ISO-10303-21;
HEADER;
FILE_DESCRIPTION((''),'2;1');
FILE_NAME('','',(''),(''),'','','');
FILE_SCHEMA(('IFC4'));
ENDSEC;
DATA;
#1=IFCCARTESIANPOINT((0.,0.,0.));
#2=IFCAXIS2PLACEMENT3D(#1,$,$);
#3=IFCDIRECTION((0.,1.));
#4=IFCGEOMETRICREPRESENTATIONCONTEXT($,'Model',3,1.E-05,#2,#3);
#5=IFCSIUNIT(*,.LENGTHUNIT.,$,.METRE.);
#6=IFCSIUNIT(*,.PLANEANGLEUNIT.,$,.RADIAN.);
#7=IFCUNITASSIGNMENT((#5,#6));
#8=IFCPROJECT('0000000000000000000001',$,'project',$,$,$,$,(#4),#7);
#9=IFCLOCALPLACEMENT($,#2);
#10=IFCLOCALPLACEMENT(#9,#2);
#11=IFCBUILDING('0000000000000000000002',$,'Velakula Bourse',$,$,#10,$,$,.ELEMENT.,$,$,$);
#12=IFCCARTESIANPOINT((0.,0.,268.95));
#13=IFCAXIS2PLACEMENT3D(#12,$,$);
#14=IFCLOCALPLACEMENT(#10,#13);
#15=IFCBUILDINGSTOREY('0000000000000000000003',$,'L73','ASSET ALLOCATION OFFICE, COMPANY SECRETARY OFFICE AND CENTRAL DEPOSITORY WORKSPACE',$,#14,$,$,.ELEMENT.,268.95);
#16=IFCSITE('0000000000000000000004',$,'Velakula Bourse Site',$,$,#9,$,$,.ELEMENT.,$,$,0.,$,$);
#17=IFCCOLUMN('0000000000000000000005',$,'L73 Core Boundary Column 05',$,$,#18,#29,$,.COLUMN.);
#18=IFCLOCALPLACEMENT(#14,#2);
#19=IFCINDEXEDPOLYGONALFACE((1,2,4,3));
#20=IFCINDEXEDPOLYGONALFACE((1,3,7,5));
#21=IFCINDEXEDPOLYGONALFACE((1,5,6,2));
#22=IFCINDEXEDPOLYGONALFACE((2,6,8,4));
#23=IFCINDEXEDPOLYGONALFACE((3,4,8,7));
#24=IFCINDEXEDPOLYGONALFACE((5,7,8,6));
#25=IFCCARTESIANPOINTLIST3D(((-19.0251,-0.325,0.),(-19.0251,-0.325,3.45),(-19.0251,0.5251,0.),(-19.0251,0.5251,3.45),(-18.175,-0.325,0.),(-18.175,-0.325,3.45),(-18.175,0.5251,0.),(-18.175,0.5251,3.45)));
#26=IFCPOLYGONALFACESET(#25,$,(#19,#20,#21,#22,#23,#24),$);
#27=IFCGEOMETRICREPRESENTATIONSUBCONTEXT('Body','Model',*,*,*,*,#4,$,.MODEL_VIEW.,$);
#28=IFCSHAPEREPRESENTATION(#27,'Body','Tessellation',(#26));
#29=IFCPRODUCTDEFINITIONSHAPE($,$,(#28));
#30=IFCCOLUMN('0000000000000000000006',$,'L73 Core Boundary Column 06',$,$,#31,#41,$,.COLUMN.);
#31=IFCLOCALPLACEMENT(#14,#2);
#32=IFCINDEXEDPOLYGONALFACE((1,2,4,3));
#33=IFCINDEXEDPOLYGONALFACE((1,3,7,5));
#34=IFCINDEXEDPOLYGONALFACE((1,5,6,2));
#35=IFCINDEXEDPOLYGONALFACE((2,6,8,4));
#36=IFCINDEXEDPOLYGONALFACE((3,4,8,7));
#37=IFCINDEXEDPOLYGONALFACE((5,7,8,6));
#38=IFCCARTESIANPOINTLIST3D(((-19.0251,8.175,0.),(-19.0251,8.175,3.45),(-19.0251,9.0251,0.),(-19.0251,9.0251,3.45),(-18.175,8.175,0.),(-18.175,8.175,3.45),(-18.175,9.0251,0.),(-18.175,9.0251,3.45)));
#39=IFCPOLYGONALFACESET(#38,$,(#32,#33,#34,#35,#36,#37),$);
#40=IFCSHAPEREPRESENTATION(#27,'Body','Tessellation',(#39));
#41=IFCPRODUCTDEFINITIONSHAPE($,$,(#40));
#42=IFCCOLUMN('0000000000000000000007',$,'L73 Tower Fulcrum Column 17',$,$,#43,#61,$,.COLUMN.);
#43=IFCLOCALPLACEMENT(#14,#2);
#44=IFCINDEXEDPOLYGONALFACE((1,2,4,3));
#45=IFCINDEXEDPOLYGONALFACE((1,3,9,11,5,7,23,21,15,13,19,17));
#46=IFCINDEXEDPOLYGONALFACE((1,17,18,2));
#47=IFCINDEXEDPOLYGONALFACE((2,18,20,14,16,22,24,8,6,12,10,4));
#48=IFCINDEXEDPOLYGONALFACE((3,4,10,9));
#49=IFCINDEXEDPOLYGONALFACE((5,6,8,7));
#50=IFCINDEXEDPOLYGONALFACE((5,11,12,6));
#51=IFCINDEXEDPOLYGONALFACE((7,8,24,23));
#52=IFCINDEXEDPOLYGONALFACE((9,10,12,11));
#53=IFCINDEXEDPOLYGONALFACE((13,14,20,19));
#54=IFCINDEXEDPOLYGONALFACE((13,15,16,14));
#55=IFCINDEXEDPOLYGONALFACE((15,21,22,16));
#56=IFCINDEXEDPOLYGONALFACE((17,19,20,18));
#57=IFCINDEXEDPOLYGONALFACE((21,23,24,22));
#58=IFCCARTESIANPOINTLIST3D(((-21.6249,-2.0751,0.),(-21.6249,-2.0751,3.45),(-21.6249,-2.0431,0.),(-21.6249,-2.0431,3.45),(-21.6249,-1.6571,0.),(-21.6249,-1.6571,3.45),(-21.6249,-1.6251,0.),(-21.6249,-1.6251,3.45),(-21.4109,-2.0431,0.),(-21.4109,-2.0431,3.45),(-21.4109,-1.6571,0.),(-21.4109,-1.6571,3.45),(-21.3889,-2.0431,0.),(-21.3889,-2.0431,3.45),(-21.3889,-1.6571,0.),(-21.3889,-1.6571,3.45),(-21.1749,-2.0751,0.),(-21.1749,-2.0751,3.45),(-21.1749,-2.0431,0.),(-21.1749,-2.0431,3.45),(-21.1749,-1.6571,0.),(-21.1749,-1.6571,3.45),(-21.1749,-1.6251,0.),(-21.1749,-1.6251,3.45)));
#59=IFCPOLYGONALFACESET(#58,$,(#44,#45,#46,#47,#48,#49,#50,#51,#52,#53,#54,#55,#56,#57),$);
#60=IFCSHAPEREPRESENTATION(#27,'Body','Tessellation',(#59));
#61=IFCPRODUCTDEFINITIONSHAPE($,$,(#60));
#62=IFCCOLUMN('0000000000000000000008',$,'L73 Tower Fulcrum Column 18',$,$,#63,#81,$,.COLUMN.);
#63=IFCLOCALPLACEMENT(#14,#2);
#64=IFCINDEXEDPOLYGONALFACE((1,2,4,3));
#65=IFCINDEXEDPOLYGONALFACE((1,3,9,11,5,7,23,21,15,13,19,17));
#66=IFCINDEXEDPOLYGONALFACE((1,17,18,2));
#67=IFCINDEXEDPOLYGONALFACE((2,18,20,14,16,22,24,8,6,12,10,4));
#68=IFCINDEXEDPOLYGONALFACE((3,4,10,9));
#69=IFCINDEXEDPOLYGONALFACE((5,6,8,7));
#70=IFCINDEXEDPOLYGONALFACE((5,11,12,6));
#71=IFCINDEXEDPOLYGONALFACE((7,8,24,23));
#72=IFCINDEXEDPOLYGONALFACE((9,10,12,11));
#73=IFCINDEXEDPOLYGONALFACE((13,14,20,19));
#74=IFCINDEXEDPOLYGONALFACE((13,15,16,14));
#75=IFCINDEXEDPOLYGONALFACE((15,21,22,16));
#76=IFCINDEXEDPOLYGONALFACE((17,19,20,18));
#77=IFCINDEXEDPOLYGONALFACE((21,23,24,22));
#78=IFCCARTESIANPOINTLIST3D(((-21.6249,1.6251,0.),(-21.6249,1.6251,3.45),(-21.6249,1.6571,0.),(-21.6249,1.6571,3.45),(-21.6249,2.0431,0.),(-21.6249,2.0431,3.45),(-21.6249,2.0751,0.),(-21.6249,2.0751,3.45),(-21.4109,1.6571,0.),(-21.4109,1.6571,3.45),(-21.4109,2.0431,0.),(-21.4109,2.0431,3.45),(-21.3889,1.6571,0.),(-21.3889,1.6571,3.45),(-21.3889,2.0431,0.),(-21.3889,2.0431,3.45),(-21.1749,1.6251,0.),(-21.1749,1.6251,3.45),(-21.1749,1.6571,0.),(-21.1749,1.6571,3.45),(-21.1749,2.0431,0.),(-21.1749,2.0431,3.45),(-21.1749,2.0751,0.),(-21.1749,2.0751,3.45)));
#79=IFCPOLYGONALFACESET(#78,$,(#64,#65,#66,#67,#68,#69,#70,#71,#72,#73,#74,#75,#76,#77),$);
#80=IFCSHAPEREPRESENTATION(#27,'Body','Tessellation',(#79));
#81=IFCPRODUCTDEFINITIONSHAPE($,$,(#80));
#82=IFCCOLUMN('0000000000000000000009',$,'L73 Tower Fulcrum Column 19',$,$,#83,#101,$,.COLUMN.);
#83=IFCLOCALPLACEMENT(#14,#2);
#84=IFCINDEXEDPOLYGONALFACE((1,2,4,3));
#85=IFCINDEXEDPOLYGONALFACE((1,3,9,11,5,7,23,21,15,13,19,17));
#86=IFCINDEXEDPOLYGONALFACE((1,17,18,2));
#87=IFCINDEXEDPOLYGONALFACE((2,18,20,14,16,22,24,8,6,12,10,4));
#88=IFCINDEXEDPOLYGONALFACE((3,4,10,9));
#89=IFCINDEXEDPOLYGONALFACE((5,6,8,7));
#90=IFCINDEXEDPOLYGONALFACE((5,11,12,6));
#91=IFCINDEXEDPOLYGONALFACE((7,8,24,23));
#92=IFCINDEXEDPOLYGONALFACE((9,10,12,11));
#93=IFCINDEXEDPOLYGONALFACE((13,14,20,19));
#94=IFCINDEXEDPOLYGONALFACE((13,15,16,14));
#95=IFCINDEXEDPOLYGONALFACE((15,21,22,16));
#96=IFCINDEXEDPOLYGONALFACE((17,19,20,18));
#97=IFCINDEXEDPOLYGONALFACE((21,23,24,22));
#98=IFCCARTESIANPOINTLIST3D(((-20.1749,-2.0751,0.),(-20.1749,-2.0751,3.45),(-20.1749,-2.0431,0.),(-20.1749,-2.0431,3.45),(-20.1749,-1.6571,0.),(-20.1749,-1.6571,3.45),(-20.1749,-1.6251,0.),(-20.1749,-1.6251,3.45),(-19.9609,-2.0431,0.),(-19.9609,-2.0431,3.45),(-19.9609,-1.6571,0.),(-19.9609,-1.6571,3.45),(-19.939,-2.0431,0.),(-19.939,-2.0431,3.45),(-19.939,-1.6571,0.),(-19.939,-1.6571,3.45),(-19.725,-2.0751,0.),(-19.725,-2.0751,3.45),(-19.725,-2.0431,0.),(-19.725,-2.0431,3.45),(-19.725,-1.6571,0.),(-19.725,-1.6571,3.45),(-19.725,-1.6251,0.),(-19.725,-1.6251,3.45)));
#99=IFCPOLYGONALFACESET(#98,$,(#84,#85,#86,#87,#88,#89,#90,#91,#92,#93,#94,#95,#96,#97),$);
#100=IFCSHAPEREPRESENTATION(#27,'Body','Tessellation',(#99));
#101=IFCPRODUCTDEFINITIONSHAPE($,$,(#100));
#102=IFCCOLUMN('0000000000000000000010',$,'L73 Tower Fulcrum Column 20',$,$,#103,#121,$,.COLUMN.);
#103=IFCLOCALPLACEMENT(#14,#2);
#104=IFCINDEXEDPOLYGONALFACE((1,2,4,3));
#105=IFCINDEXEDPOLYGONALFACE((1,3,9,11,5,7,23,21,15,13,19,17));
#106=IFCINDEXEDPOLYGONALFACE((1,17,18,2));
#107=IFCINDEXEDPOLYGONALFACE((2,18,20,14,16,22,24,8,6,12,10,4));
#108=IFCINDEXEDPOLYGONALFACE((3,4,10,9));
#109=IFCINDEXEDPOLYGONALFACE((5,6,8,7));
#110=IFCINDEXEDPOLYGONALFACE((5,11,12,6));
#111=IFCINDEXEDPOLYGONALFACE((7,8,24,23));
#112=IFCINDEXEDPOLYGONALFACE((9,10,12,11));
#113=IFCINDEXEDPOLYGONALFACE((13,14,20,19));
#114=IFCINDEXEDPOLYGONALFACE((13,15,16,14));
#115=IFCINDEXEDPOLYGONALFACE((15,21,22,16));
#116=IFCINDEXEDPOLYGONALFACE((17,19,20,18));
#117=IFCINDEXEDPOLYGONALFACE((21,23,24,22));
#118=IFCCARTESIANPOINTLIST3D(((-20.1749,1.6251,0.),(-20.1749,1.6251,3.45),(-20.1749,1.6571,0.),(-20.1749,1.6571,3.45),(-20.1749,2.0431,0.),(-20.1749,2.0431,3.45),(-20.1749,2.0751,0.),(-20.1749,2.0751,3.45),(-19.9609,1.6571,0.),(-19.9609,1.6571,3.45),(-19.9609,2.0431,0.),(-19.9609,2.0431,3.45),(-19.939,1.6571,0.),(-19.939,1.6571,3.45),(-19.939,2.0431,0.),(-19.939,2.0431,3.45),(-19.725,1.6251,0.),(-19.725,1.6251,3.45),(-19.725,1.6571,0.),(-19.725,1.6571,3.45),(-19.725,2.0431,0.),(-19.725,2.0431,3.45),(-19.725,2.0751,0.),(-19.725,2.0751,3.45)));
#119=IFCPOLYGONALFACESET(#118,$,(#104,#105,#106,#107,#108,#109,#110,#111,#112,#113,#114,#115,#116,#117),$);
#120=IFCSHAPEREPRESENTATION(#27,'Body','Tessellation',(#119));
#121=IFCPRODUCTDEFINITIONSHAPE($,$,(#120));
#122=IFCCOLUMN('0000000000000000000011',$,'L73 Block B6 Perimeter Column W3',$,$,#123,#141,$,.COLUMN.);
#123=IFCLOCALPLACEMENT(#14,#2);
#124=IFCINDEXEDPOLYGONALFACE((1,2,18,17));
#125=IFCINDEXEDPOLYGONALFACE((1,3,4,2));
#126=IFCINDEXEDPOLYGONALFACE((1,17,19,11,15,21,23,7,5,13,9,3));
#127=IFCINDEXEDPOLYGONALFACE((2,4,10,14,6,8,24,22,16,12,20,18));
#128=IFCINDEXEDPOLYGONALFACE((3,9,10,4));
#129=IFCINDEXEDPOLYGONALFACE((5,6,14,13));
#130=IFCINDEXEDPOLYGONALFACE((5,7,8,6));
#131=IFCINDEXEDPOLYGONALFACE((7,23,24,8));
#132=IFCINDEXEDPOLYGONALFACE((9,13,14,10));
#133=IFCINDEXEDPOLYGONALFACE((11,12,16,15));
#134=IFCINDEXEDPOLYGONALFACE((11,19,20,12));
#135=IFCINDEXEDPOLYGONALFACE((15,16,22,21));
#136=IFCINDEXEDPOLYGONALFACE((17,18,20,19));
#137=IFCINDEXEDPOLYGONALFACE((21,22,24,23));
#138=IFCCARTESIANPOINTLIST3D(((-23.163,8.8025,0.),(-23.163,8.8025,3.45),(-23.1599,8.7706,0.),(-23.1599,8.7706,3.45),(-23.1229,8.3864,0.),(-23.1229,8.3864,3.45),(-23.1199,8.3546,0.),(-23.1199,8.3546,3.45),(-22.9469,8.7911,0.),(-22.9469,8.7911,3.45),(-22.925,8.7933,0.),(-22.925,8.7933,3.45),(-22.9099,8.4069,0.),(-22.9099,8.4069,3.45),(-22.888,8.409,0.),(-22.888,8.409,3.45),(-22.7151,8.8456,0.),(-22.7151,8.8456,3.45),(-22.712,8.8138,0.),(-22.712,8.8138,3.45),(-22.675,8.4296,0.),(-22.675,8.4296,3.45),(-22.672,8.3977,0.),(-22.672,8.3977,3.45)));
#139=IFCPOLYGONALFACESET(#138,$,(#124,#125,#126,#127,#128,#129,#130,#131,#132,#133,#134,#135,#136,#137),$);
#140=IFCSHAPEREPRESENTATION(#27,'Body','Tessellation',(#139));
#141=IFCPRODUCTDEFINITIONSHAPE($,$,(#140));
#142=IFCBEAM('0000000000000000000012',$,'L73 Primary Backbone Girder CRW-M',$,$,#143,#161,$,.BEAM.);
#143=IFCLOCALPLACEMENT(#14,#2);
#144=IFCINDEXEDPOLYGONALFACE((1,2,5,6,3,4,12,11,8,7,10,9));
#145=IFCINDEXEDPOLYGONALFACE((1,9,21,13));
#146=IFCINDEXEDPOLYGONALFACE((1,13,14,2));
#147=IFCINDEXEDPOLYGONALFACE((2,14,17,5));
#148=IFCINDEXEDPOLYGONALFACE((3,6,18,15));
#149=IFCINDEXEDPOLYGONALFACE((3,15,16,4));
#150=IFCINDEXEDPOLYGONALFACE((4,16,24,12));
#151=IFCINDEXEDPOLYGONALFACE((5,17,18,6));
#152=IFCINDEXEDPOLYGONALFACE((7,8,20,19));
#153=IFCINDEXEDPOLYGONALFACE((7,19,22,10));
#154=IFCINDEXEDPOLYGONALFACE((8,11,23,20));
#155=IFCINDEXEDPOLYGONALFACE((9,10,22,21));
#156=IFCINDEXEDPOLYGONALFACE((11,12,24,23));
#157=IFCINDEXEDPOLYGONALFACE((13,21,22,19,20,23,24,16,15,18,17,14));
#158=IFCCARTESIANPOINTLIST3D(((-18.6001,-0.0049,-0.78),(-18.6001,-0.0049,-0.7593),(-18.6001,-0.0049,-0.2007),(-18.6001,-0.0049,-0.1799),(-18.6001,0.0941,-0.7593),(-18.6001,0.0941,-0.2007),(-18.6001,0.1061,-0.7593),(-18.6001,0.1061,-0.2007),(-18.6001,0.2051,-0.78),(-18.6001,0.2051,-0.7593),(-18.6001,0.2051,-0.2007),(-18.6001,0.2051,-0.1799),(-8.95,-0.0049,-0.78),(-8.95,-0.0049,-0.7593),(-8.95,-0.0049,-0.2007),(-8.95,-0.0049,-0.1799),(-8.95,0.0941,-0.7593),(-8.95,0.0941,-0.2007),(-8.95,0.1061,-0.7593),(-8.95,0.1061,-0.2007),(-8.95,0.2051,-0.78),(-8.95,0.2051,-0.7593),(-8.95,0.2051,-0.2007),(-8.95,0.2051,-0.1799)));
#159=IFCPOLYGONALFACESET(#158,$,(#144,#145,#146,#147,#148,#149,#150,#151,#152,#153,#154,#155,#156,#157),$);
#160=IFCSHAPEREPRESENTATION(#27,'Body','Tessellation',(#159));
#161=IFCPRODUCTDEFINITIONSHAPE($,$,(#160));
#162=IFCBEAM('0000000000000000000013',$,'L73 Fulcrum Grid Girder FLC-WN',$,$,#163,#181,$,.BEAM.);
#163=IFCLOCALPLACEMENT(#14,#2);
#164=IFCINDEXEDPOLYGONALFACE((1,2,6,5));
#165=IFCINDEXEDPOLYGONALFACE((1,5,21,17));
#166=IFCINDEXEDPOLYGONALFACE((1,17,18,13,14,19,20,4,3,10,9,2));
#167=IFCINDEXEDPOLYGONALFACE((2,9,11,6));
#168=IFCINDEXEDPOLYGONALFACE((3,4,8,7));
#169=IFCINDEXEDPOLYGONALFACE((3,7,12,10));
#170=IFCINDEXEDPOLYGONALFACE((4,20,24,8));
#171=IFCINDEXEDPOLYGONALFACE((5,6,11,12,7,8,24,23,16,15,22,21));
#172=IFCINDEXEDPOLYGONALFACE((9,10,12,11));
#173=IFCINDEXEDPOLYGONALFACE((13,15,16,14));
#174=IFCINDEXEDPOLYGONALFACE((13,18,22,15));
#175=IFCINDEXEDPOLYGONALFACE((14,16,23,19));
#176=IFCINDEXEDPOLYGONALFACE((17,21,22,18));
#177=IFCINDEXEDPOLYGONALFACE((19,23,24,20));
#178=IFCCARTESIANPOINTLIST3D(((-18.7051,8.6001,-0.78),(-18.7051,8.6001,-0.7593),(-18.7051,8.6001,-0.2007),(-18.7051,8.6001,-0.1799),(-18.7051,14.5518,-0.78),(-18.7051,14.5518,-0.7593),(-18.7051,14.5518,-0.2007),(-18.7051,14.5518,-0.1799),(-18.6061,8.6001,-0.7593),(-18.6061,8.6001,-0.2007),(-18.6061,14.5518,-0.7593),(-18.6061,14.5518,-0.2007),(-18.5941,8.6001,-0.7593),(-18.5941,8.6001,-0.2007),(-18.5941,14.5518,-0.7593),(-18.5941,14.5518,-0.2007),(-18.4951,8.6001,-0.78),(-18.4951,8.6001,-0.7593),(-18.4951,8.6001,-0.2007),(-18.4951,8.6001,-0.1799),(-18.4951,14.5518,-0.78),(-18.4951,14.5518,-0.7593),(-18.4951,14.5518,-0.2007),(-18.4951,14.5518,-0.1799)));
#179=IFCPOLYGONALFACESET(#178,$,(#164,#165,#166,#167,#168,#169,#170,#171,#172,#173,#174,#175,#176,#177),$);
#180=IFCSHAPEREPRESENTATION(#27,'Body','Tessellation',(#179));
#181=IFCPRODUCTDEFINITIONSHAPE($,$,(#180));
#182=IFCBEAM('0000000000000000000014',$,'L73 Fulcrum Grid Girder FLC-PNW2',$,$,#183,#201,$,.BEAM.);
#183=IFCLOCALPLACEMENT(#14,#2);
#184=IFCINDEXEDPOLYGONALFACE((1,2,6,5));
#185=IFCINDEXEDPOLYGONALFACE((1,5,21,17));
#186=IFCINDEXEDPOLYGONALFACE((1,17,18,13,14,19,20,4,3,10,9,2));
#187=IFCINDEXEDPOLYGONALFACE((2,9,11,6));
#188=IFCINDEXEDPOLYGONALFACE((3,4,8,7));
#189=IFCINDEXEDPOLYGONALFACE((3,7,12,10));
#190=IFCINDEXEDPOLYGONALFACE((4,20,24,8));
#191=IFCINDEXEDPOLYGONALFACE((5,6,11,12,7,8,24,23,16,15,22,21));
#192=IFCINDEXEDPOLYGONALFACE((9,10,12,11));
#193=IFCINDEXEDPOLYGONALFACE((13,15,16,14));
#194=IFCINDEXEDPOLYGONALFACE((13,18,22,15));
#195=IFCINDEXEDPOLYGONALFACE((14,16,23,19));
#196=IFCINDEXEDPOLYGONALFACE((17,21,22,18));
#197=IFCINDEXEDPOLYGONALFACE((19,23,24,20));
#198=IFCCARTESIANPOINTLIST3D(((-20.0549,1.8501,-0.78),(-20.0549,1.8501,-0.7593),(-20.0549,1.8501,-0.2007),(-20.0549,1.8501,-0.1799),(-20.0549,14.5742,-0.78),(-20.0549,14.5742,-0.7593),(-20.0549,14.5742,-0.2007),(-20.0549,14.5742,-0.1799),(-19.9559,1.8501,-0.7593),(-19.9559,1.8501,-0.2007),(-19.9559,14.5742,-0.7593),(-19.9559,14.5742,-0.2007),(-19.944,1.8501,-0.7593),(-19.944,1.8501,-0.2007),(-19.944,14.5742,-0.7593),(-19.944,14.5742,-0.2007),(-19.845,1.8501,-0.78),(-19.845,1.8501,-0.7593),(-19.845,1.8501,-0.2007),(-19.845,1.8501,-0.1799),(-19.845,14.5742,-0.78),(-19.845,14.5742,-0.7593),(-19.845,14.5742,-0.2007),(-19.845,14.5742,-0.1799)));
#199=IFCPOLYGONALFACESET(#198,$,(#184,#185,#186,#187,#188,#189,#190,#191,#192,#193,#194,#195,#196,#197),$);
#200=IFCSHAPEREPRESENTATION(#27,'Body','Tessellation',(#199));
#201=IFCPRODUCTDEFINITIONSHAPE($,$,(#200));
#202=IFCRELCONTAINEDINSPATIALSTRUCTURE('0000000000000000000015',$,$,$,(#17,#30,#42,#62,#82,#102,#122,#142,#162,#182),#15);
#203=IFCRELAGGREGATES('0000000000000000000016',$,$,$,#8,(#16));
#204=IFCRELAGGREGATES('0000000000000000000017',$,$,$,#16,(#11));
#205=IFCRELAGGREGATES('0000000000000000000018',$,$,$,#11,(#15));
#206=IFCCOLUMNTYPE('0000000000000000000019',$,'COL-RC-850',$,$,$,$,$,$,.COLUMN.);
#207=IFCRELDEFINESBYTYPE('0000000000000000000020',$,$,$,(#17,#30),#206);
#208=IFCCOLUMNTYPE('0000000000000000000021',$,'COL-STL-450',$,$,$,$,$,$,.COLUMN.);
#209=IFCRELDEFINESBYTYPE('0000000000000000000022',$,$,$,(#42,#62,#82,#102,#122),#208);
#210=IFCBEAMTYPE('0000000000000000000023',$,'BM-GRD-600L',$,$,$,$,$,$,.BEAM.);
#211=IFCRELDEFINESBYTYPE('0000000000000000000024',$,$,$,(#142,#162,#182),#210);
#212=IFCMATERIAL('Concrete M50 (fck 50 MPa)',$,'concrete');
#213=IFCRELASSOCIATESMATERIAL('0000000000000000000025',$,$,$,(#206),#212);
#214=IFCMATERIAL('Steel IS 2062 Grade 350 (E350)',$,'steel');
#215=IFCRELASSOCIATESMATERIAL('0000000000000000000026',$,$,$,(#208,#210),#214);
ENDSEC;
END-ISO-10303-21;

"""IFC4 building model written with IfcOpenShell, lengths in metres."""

from ifc_helpers import new_model, si_unit, direction, frame, origin, origin_2d, place, context, subcontext, project, spatial, rectangle, i_section, extrude, material, material_profile, profile_set, type_object, element, save


model = new_model("IFC4")

# Units and contexts
model_context = context("Model", 3, precision=1e-05, world=origin(), true_north=direction((0.0, 1.0)))
body_context = subcontext(model_context, "Body", "Model", "MODEL_VIEW")
ifc_project = project(units=[si_unit("LENGTHUNIT", "METRE"), si_unit("PLANEANGLEUNIT", "RADIAN")], contexts=[model_context])

# Site, building, storey
site_placement = place(None, origin())
site = spatial("IfcSite", under=ifc_project, at=site_placement, Name="Velakula Bourse Site", CompositionType="ELEMENT", RefElevation=0.0)
building_placement = place(site_placement, origin())
building = spatial("IfcBuilding", under=site, at=building_placement, Name="Velakula Bourse", CompositionType="ELEMENT")
storey_placement = place(building_placement, frame((0.0, 0.0, 268.95)))
storey = spatial("IfcBuildingStorey", under=building, at=storey_placement, Name="L73", Description="ASSET ALLOCATION OFFICE, COMPANY SECRETARY OFFICE AND CENTRAL DEPOSITORY WORKSPACE", CompositionType="ELEMENT", Elevation=268.95)

# Columns
ifc_material_1 = material(Name="Concrete M50 (fck 50 MPa)", Category="concrete")
ifc_material_profile_1 = material_profile(ifc_material_1, rectangle(XDim=0.8501, YDim=0.8501, at=origin_2d()), Name="Concrete M50 (fck 50 MPa)")
ifc_profile_set_1 = profile_set([ifc_material_profile_1], Name="Concrete M50 (fck 50 MPa)")
column_type_1 = type_object("IfcColumnType", Name="COL-RC-850", PredefinedType="COLUMN", material=ifc_profile_set_1)
for number, where, z_axis, x_axis, name in (
    (1, (-18.6001, 0.1001, 0.0), (0.0, 0.0, 1.0), (1.0, 0.0, 0.0), "L73 Core Boundary Column 05"),
    (2, (-18.6001, 8.6001, 0.0), (0.0, 0.0, 1.0), (1.0, 0.0, 0.0), "L73 Core Boundary Column 06"),
):
    element("IfcColumn", number, at=place(storey_placement, frame(where, z_axis=z_axis, x_axis=x_axis)), inside=storey, type_object=column_type_1, Name=name, PredefinedType="COLUMN", context=body_context, shape_type="SweptSolid", body=[
        extrude(rectangle(XDim=0.8501, YDim=0.8501, at=origin_2d()), origin(), (0.0, 0.0, 1.0), 3.45),
    ])
ifc_material_2 = material(Name="Steel IS 2062 Grade 350 (E350)", Category="steel")
ifc_material_profile_2 = material_profile(ifc_material_2, i_section(OverallWidth=0.45, OverallDepth=0.45, WebThickness=0.022, FlangeThickness=0.032, at=origin_2d()), Name="Steel IS 2062 Grade 350 (E350)")
ifc_profile_set_2 = profile_set([ifc_material_profile_2], Name="Steel IS 2062 Grade 350 (E350)")
column_type_2 = type_object("IfcColumnType", Name="COL-STL-450", PredefinedType="COLUMN", material=ifc_profile_set_2)
for number, where, z_axis, x_axis, name in (
    (3, (-21.3999, -1.8501, 0.0), (0.0, 0.0, 1.0), (1.0, 0.0, 0.0), "L73 Tower Fulcrum Column 17"),
    (4, (-21.3999, 1.8501, 0.0), (0.0, 0.0, 1.0), (1.0, 0.0, 0.0), "L73 Tower Fulcrum Column 18"),
    (5, (-19.95, -1.8501, 0.0), (0.0, 0.0, 1.0), (1.0, 0.0, 0.0), "L73 Tower Fulcrum Column 19"),
    (6, (-19.95, 1.8501, 0.0), (0.0, 0.0, 1.0), (1.0, 0.0, 0.0), "L73 Tower Fulcrum Column 20"),
    (7, (-22.9175, 8.6001, 0.0), (0.0, 0.0, 1.0), (0.995396, 0.095846, 0.0), "L73 Block B6 Perimeter Column W3"),
):
    element("IfcColumn", number, at=place(storey_placement, frame(where, z_axis=z_axis, x_axis=x_axis)), inside=storey, type_object=column_type_2, Name=name, PredefinedType="COLUMN", context=body_context, shape_type="SweptSolid", body=[
        extrude(i_section(OverallWidth=0.45, OverallDepth=0.45, WebThickness=0.022, FlangeThickness=0.032, at=origin_2d()), origin(), (0.0, 0.0, 1.0), 3.45),
    ])

# Beams
ifc_material_profile_3 = material_profile(ifc_material_2, i_section(OverallWidth=0.21, OverallDepth=0.6001, WebThickness=0.012, FlangeThickness=0.0208, at=origin_2d()), Name="Steel IS 2062 Grade 350 (E350)")
ifc_profile_set_3 = profile_set([ifc_material_profile_3], Name="Steel IS 2062 Grade 350 (E350)")
beam_type_1 = type_object("IfcBeamType", Name="BM-GRD-600L", PredefinedType="BEAM", material=ifc_profile_set_3)
beam_1_placement = place(storey_placement, frame((-18.6001, 0.1001, -0.48), z_axis=(1.0, 0.0, 0.0), x_axis=(0.0, 1.0, 0.0)))
element("IfcBeam", 8, at=beam_1_placement, inside=storey, type_object=beam_type_1, Name="L73 Primary Backbone Girder CRW-M", PredefinedType="BEAM", context=body_context, shape_type="SweptSolid", body=[
    extrude(i_section(OverallWidth=0.21, OverallDepth=0.6001, WebThickness=0.012, FlangeThickness=0.0208, at=origin_2d()), origin(), (0.0, 0.0, 1.0), 9.6501),
])
beam_2_placement = place(storey_placement, frame((-18.6001, 8.6001, -0.48), z_axis=(0.0, 1.0, 0.0), x_axis=(-1.0, 0.0, 0.0)))
element("IfcBeam", 9, at=beam_2_placement, inside=storey, type_object=beam_type_1, Name="L73 Fulcrum Grid Girder FLC-WN", PredefinedType="BEAM", context=body_context, shape_type="SweptSolid", body=[
    extrude(i_section(OverallWidth=0.21, OverallDepth=0.6001, WebThickness=0.012, FlangeThickness=0.0208, at=origin_2d()), origin(), (0.0, 0.0, 1.0), 5.9517),
])
beam_3_placement = place(storey_placement, frame((-19.95, 1.8501, -0.48), z_axis=(0.0, 1.0, 0.0), x_axis=(-1.0, 0.0, 0.0)))
element("IfcBeam", 10, at=beam_3_placement, inside=storey, type_object=beam_type_1, Name="L73 Fulcrum Grid Girder FLC-PNW2", PredefinedType="BEAM", context=body_context, shape_type="SweptSolid", body=[
    extrude(i_section(OverallWidth=0.21, OverallDepth=0.6001, WebThickness=0.012, FlangeThickness=0.0208, at=origin_2d()), origin(), (0.0, 0.0, 1.0), 12.7241),
])

save(model, "model.ifc")
